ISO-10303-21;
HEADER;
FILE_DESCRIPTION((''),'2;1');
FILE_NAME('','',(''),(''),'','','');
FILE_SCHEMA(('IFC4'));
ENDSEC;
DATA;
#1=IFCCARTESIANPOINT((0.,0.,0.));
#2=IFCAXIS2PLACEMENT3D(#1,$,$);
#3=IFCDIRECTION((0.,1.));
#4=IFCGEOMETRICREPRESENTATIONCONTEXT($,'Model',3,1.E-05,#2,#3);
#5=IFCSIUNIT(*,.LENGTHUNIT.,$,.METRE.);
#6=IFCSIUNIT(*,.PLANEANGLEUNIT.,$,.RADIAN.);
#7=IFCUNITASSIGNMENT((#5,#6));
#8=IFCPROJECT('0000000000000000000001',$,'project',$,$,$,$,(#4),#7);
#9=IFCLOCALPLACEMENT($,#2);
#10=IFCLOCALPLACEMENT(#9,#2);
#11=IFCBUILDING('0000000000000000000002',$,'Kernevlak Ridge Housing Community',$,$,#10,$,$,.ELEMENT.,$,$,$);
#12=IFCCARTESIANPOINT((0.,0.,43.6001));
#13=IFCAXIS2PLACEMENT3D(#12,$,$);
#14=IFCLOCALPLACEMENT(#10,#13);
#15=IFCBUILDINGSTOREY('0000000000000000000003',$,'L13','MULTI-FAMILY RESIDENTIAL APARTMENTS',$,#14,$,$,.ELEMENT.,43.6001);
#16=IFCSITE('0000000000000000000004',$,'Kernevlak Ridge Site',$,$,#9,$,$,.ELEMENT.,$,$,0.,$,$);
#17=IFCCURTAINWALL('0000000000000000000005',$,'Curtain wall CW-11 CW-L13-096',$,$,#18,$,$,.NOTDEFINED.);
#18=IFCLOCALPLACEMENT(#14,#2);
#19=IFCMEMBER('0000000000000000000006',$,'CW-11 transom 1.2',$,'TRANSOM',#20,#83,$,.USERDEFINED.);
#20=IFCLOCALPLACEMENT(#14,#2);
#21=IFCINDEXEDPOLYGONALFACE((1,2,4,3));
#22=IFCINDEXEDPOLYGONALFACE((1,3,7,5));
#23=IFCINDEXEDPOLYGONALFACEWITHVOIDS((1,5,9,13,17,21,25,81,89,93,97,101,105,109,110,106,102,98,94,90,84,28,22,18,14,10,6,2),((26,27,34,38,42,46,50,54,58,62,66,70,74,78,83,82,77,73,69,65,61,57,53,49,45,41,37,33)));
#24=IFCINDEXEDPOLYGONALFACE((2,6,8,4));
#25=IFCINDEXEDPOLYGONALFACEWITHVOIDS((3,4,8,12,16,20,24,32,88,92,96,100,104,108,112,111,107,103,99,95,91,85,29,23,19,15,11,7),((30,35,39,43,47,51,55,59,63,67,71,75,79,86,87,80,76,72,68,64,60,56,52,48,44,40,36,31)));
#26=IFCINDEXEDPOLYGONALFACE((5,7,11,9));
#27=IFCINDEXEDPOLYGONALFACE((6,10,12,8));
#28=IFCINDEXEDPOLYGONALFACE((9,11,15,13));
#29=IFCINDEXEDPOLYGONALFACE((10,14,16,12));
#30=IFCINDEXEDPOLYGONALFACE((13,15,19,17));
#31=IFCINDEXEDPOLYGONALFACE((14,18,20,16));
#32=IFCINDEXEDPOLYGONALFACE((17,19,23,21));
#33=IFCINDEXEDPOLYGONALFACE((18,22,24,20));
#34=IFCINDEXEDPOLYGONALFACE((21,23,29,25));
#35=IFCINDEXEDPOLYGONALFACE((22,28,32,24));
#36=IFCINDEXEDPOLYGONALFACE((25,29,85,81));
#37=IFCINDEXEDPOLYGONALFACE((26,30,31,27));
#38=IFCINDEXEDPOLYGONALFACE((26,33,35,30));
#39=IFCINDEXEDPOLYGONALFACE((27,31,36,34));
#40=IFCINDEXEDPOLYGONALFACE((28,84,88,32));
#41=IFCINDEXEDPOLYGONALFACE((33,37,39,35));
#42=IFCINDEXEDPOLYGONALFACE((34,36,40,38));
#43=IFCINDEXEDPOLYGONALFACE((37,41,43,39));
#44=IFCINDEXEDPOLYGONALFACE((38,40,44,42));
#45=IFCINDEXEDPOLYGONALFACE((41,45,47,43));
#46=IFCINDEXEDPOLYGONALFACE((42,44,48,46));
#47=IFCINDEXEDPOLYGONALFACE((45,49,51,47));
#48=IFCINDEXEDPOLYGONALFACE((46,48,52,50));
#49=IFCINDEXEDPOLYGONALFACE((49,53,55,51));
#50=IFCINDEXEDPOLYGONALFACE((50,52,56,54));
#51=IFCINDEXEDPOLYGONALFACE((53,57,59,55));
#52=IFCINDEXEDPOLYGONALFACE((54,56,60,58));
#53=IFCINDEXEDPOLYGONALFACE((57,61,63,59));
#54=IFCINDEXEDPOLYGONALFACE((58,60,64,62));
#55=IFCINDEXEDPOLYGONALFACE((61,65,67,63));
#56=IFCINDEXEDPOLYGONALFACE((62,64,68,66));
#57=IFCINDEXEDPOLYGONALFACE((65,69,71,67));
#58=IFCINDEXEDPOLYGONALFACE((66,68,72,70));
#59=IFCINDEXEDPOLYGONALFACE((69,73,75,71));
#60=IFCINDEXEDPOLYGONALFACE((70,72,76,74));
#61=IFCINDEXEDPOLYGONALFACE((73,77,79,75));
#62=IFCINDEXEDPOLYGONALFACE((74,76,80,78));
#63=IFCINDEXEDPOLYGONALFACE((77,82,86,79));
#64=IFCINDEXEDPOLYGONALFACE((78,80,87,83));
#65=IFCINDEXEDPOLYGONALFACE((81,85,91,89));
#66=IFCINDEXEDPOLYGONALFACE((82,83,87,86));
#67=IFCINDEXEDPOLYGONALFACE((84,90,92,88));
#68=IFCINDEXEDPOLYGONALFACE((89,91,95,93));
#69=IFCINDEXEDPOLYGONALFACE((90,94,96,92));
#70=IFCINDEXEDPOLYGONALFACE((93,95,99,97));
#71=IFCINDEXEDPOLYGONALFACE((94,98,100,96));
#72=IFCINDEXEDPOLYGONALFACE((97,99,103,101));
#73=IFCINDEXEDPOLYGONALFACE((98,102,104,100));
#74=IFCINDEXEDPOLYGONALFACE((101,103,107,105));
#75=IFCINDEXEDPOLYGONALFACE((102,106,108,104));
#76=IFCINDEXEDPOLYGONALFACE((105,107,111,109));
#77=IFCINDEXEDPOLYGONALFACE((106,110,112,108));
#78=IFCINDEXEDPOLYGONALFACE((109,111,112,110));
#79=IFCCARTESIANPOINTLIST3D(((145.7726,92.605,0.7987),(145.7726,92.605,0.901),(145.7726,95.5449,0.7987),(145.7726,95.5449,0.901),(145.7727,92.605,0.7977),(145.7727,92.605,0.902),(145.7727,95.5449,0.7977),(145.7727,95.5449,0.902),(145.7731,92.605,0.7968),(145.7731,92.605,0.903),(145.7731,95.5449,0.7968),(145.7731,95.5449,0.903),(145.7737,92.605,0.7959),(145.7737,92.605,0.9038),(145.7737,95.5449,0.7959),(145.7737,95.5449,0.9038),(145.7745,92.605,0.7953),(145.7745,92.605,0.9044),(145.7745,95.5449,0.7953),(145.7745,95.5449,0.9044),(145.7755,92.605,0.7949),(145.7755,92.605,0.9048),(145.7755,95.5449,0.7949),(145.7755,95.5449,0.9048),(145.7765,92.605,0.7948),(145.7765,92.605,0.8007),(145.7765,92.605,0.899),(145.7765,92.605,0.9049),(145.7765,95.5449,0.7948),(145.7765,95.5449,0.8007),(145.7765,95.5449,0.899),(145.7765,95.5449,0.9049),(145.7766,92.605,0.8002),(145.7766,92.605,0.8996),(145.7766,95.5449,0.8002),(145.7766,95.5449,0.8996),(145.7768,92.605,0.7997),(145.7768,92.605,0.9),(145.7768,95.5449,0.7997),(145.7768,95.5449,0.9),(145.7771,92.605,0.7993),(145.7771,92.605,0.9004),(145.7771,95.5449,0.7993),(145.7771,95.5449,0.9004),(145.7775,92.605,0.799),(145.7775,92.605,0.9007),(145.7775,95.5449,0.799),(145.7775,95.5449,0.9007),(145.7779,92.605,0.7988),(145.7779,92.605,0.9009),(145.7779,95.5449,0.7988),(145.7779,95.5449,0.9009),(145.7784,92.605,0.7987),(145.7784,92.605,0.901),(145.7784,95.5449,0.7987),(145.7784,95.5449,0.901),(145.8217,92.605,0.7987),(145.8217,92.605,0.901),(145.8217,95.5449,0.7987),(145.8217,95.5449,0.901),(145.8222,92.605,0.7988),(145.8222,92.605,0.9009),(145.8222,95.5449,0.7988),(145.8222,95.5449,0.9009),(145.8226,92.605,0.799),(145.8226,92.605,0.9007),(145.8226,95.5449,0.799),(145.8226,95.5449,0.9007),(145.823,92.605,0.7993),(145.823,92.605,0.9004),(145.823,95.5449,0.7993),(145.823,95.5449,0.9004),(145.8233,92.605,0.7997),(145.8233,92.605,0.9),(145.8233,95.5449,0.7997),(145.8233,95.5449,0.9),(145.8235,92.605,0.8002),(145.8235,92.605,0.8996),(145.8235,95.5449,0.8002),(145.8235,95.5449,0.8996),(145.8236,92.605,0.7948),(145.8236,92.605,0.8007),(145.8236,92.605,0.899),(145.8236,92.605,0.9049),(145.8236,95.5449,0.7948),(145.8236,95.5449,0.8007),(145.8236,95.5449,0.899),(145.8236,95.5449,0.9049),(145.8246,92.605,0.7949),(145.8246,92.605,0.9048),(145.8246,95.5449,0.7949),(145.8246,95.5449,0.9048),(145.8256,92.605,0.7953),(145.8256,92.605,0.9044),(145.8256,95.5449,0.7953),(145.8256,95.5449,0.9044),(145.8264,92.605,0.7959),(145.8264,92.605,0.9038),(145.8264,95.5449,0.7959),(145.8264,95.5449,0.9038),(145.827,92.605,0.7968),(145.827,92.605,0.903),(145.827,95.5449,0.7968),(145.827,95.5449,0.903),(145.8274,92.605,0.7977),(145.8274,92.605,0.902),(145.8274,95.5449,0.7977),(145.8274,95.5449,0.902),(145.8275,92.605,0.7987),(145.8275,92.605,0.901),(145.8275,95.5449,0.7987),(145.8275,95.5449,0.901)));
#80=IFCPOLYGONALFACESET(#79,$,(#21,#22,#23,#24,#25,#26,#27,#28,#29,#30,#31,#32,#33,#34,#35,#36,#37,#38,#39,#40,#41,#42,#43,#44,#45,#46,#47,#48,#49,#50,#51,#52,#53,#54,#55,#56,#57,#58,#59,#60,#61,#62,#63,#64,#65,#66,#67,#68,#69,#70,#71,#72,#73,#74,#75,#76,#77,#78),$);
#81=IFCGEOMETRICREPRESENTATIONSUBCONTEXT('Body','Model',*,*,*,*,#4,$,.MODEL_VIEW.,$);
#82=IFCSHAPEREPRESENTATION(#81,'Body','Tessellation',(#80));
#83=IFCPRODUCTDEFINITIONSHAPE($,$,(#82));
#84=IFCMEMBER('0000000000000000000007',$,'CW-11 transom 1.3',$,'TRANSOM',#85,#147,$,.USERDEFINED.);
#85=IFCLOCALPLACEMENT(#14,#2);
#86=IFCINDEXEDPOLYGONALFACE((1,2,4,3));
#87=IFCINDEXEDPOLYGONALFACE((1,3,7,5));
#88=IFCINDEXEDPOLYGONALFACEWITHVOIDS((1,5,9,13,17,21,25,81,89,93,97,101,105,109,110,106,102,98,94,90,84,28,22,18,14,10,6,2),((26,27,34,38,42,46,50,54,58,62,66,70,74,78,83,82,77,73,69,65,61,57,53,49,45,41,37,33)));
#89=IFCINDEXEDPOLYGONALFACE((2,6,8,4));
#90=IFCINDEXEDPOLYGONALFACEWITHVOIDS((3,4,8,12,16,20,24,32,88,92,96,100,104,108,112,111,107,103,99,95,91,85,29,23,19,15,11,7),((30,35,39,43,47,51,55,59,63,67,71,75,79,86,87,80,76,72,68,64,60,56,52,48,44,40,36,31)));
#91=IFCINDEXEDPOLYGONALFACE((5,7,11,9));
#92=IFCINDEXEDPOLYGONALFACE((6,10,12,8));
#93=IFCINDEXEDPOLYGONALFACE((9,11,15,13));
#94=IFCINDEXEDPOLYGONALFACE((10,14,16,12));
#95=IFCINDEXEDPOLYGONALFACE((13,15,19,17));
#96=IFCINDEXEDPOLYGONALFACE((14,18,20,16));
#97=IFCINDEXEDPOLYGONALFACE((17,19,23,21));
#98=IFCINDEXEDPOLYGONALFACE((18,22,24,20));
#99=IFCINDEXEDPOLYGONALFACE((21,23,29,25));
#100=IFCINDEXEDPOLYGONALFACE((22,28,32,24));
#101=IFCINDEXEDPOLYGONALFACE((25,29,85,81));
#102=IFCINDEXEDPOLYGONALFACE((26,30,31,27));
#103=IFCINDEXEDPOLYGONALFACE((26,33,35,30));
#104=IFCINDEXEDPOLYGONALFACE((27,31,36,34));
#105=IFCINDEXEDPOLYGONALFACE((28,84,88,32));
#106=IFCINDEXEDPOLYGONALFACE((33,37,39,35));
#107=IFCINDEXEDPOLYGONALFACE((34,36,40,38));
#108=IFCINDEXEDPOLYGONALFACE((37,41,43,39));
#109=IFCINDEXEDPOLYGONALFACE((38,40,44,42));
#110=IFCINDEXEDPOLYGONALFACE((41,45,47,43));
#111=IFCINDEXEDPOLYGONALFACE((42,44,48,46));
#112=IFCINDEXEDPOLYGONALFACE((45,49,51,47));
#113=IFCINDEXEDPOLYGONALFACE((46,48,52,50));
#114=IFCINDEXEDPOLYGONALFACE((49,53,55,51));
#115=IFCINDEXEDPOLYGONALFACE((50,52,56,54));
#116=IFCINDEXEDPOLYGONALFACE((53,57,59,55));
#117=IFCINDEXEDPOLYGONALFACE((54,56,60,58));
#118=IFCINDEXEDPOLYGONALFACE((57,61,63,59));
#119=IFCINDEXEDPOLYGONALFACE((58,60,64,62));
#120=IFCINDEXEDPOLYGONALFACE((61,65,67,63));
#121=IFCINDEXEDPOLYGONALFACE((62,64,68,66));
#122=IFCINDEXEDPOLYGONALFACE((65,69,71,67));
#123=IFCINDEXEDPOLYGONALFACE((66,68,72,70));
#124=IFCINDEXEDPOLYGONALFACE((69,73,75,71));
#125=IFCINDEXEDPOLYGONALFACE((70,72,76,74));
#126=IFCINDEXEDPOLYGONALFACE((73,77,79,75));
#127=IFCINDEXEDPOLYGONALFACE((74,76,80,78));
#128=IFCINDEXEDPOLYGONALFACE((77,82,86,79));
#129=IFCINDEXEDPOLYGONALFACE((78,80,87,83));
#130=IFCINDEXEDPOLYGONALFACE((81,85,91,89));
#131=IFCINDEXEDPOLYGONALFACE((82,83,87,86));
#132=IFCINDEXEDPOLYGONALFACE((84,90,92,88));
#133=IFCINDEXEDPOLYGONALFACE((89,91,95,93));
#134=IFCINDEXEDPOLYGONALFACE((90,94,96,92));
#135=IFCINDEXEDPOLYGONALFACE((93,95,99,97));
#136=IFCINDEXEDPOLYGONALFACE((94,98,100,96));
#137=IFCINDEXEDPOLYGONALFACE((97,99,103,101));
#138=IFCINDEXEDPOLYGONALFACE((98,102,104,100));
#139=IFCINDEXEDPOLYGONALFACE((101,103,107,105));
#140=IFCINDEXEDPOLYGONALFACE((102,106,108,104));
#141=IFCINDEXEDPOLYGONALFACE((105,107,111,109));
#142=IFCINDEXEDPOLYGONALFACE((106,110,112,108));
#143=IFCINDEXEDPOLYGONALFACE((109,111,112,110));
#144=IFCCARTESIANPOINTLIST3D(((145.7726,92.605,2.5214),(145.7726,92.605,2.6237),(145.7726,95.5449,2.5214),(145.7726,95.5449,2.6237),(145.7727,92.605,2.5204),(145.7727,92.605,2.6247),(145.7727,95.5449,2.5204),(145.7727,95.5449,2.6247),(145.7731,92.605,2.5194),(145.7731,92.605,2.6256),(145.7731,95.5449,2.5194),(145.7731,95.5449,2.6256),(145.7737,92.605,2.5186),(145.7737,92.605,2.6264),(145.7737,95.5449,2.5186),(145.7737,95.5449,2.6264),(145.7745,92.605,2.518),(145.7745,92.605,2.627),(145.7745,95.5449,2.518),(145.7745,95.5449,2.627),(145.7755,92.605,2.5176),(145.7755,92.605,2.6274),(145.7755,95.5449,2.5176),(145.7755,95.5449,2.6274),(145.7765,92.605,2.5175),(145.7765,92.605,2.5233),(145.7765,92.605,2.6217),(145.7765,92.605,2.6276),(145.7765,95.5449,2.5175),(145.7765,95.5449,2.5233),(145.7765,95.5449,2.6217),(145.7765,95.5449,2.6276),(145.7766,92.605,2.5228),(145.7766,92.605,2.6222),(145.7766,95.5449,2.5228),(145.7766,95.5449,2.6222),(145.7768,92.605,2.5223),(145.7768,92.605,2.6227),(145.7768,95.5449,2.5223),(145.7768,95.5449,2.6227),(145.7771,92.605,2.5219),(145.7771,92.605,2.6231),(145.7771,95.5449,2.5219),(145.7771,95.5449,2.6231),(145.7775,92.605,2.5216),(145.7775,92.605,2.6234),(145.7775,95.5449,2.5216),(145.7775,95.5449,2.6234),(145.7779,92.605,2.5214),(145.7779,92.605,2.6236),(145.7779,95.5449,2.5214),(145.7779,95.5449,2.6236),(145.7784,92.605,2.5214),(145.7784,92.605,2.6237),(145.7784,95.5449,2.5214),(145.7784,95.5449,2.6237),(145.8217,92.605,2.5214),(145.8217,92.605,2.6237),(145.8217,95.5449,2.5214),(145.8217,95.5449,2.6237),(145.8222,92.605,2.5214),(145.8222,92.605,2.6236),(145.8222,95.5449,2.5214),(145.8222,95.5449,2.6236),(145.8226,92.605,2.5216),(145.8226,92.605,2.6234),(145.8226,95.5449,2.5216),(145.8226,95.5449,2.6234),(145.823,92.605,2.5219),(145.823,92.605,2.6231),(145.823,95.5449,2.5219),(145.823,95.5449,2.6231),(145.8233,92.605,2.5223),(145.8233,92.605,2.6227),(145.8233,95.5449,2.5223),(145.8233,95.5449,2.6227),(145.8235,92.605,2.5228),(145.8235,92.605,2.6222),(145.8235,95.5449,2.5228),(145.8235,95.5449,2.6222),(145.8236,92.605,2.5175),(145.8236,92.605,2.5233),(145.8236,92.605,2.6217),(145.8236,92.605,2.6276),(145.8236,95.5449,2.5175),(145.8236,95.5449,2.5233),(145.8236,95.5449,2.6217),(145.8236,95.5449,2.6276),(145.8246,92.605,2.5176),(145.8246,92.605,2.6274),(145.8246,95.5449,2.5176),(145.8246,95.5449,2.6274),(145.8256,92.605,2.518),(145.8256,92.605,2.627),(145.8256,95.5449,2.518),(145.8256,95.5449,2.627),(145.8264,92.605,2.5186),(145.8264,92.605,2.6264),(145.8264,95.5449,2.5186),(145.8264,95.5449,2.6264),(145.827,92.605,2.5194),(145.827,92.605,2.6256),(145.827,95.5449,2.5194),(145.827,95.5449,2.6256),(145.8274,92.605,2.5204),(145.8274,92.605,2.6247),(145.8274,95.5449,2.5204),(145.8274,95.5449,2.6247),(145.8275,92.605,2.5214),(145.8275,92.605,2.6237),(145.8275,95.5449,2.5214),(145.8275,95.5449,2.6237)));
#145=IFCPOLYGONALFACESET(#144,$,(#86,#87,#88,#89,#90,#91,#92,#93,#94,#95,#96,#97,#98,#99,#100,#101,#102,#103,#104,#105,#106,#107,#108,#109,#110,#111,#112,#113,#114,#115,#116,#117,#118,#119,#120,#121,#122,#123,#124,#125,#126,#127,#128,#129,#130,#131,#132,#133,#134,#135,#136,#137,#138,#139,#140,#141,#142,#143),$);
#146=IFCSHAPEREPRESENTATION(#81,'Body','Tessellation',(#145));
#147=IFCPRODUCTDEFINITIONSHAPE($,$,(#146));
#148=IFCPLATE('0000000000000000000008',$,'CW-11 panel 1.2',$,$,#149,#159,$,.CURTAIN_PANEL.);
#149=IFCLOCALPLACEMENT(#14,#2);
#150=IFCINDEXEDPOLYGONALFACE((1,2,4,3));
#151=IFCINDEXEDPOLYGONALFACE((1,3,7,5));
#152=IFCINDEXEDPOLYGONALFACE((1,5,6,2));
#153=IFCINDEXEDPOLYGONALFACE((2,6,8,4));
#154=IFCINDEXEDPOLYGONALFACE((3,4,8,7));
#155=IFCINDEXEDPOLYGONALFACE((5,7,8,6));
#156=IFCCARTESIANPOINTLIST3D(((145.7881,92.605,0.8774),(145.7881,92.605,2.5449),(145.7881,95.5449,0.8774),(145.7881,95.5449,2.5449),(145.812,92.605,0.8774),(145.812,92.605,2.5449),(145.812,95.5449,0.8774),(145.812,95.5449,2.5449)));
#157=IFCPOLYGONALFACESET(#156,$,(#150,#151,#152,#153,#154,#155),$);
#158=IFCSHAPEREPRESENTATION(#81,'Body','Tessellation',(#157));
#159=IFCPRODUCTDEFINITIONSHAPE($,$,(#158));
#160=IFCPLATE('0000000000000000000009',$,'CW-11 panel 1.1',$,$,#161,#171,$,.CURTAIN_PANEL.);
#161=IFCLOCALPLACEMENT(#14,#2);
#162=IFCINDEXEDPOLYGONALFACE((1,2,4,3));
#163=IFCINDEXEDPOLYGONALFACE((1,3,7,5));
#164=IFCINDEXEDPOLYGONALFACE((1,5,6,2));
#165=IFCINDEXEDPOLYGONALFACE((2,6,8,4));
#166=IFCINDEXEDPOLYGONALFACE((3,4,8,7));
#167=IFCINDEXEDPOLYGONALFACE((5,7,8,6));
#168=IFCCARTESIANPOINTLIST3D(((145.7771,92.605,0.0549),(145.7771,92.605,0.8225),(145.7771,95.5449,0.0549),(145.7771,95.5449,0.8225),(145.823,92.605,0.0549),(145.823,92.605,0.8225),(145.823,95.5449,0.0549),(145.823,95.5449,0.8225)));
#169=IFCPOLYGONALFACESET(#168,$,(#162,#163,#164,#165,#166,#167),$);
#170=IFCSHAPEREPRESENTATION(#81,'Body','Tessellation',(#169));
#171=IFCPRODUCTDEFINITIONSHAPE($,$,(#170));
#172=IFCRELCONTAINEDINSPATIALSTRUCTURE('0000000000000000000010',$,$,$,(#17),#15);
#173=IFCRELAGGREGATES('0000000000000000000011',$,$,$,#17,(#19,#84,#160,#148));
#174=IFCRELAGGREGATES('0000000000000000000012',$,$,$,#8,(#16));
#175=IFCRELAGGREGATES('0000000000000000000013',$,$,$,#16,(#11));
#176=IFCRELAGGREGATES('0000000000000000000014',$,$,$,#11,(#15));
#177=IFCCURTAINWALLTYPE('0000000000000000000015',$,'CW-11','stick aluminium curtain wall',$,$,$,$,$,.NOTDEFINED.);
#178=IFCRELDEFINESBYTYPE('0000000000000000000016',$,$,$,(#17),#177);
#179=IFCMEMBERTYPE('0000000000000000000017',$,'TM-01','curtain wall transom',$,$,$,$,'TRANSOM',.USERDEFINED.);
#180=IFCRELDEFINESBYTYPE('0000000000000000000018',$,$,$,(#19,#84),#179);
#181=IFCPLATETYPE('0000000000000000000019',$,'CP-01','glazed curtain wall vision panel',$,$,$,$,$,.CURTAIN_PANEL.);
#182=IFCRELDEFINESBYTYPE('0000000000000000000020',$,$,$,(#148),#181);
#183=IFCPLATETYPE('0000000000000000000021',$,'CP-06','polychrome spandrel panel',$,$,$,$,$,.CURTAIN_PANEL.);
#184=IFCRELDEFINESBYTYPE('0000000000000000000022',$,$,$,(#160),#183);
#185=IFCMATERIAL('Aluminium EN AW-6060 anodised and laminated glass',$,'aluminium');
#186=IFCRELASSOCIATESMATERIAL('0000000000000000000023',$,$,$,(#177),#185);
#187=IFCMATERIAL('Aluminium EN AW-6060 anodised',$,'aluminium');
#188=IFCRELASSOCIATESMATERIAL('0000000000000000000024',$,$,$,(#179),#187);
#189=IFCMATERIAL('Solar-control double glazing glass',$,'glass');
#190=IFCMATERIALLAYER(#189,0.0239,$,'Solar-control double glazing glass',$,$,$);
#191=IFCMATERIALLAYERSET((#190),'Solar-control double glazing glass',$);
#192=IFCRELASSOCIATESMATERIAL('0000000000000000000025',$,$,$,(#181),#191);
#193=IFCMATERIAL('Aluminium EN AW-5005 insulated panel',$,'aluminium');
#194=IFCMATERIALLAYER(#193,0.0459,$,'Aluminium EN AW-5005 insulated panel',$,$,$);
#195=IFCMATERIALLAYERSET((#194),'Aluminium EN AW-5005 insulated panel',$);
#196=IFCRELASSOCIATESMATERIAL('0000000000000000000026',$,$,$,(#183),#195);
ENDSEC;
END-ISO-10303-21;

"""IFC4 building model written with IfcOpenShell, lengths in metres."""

from ifc_helpers import new_model, si_unit, direction, frame, origin, origin_2d, place, context, subcontext, project, spatial, rectangle, hollow_rectangle, extrude, material, layer, layer_set, material_profile, profile_set, type_object, element, aggregate, save


model = new_model("IFC4")

# Units and contexts
model_context = context("Model", 3, precision=1e-05, world=origin(), true_north=direction((0.0, 1.0)))
body_context = subcontext(model_context, "Body", "Model", "MODEL_VIEW")
ifc_project = project(units=[si_unit("LENGTHUNIT", "METRE"), si_unit("PLANEANGLEUNIT", "RADIAN")], contexts=[model_context])

# Site, building, storey
site_placement = place(None, origin())
site = spatial("IfcSite", under=ifc_project, at=site_placement, Name="Kernevlak Ridge Site", CompositionType="ELEMENT", RefElevation=0.0)
building_placement = place(site_placement, origin())
building = spatial("IfcBuilding", under=site, at=building_placement, Name="Kernevlak Ridge Housing Community", CompositionType="ELEMENT")
storey_placement = place(building_placement, frame((0.0, 0.0, 43.6001)))
storey = spatial("IfcBuildingStorey", under=building, at=storey_placement, Name="L13", Description="MULTI-FAMILY RESIDENTIAL APARTMENTS", CompositionType="ELEMENT", Elevation=43.6001)

# Curtain wall
ifc_material_1 = material(Name="Aluminium EN AW-6060 anodised and laminated glass", Category="aluminium")
curtain_wall_type = type_object("IfcCurtainWallType", Name="CW-11", Description="stick aluminium curtain wall", PredefinedType="NOTDEFINED", material=ifc_material_1)
curtain_wall_placement = place(storey_placement, origin())
curtain_wall = element("IfcCurtainWall", 1, at=curtain_wall_placement, inside=storey, type_object=curtain_wall_type, Name="Curtain wall CW-11 CW-L13-096", PredefinedType="NOTDEFINED")
ifc_material_2 = material(Name="Aluminium EN AW-6060 anodised", Category="aluminium")

# Members
ifc_material_profile_1 = material_profile(ifc_material_2, hollow_rectangle(XDim=0.0549, YDim=0.1101, WallThickness=0.0039, InnerFilletRadius=0.002, OuterFilletRadius=0.0039, at=origin_2d()), Name="ALU 55x110x4")
ifc_profile_set_1 = profile_set([ifc_material_profile_1], Name="Aluminium EN AW-6060 anodised")
member_type_1 = type_object("IfcMemberType", Name="TM-01", Description="curtain wall transom", ElementType="TRANSOM", PredefinedType="USERDEFINED", material=ifc_profile_set_1)
member_1_placement = place(storey_placement, frame((145.8, 92.605, 0.8499), z_axis=(0.0, 1.0, 0.0), x_axis=(-1.0, 0.0, 0.0)))
member_1 = element("IfcMember", 2, at=member_1_placement, type_object=member_type_1, Name="CW-11 transom 1.2", ObjectType="TRANSOM", PredefinedType="USERDEFINED", context=body_context, shape_type="SweptSolid", body=[
    extrude(hollow_rectangle(XDim=0.0549, YDim=0.1101, WallThickness=0.0039, InnerFilletRadius=0.002, OuterFilletRadius=0.0039, at=origin_2d()), origin(), (0.0, 0.0, 1.0), 2.9399),
])
member_2_placement = place(storey_placement, frame((145.8, 92.605, 2.5725), z_axis=(0.0, 1.0, 0.0), x_axis=(-1.0, 0.0, 0.0)))
member_2 = element("IfcMember", 3, at=member_2_placement, type_object=member_type_1, Name="CW-11 transom 1.3", ObjectType="TRANSOM", PredefinedType="USERDEFINED", context=body_context, shape_type="SweptSolid", body=[
    extrude(hollow_rectangle(XDim=0.0549, YDim=0.1101, WallThickness=0.0039, InnerFilletRadius=0.002, OuterFilletRadius=0.0039, at=origin_2d()), origin(), (0.0, 0.0, 1.0), 2.9399),
])

# Plates
ifc_material_3 = material(Name="Solar-control double glazing glass", Category="glass")
ifc_layer_1 = layer(ifc_material_3, 0.0239, Name="Solar-control double glazing glass")
ifc_layer_set_1 = layer_set([ifc_layer_1], Name="Solar-control double glazing glass")
plate_type_1 = type_object("IfcPlateType", Name="CP-01", Description="glazed curtain wall vision panel", PredefinedType="CURTAIN_PANEL", material=ifc_layer_set_1)
plate_1_placement = place(storey_placement, frame((145.8, 94.075, 0.8774), z_axis=(0.0, 0.0, 1.0), x_axis=(0.0, 1.0, 0.0)))
plate_1 = element("IfcPlate", 4, at=plate_1_placement, type_object=plate_type_1, Name="CW-11 panel 1.2", PredefinedType="CURTAIN_PANEL", context=body_context, shape_type="SweptSolid", body=[
    extrude(rectangle(XDim=2.9399, YDim=0.0239, at=origin_2d()), origin(), (0.0, 0.0, 1.0), 1.6675),
])
ifc_material_4 = material(Name="Aluminium EN AW-5005 insulated panel", Category="aluminium")
ifc_layer_2 = layer(ifc_material_4, 0.0459, Name="Aluminium EN AW-5005 insulated panel")
ifc_layer_set_2 = layer_set([ifc_layer_2], Name="Aluminium EN AW-5005 insulated panel")
plate_type_2 = type_object("IfcPlateType", Name="CP-06", Description="polychrome spandrel panel", PredefinedType="CURTAIN_PANEL", material=ifc_layer_set_2)
plate_2_placement = place(storey_placement, frame((145.8, 94.075, 0.0549), z_axis=(0.0, 0.0, 1.0), x_axis=(0.0, 1.0, 0.0)))
plate_2 = element("IfcPlate", 5, at=plate_2_placement, type_object=plate_type_2, Name="CW-11 panel 1.1", PredefinedType="CURTAIN_PANEL", context=body_context, shape_type="SweptSolid", body=[
    extrude(rectangle(XDim=2.9399, YDim=0.0459, at=origin_2d()), origin(), (0.0, 0.0, 1.0), 0.7676),
])
aggregate(curtain_wall, [member_1, member_2, plate_2, plate_1])

save(model, "model.ifc")
